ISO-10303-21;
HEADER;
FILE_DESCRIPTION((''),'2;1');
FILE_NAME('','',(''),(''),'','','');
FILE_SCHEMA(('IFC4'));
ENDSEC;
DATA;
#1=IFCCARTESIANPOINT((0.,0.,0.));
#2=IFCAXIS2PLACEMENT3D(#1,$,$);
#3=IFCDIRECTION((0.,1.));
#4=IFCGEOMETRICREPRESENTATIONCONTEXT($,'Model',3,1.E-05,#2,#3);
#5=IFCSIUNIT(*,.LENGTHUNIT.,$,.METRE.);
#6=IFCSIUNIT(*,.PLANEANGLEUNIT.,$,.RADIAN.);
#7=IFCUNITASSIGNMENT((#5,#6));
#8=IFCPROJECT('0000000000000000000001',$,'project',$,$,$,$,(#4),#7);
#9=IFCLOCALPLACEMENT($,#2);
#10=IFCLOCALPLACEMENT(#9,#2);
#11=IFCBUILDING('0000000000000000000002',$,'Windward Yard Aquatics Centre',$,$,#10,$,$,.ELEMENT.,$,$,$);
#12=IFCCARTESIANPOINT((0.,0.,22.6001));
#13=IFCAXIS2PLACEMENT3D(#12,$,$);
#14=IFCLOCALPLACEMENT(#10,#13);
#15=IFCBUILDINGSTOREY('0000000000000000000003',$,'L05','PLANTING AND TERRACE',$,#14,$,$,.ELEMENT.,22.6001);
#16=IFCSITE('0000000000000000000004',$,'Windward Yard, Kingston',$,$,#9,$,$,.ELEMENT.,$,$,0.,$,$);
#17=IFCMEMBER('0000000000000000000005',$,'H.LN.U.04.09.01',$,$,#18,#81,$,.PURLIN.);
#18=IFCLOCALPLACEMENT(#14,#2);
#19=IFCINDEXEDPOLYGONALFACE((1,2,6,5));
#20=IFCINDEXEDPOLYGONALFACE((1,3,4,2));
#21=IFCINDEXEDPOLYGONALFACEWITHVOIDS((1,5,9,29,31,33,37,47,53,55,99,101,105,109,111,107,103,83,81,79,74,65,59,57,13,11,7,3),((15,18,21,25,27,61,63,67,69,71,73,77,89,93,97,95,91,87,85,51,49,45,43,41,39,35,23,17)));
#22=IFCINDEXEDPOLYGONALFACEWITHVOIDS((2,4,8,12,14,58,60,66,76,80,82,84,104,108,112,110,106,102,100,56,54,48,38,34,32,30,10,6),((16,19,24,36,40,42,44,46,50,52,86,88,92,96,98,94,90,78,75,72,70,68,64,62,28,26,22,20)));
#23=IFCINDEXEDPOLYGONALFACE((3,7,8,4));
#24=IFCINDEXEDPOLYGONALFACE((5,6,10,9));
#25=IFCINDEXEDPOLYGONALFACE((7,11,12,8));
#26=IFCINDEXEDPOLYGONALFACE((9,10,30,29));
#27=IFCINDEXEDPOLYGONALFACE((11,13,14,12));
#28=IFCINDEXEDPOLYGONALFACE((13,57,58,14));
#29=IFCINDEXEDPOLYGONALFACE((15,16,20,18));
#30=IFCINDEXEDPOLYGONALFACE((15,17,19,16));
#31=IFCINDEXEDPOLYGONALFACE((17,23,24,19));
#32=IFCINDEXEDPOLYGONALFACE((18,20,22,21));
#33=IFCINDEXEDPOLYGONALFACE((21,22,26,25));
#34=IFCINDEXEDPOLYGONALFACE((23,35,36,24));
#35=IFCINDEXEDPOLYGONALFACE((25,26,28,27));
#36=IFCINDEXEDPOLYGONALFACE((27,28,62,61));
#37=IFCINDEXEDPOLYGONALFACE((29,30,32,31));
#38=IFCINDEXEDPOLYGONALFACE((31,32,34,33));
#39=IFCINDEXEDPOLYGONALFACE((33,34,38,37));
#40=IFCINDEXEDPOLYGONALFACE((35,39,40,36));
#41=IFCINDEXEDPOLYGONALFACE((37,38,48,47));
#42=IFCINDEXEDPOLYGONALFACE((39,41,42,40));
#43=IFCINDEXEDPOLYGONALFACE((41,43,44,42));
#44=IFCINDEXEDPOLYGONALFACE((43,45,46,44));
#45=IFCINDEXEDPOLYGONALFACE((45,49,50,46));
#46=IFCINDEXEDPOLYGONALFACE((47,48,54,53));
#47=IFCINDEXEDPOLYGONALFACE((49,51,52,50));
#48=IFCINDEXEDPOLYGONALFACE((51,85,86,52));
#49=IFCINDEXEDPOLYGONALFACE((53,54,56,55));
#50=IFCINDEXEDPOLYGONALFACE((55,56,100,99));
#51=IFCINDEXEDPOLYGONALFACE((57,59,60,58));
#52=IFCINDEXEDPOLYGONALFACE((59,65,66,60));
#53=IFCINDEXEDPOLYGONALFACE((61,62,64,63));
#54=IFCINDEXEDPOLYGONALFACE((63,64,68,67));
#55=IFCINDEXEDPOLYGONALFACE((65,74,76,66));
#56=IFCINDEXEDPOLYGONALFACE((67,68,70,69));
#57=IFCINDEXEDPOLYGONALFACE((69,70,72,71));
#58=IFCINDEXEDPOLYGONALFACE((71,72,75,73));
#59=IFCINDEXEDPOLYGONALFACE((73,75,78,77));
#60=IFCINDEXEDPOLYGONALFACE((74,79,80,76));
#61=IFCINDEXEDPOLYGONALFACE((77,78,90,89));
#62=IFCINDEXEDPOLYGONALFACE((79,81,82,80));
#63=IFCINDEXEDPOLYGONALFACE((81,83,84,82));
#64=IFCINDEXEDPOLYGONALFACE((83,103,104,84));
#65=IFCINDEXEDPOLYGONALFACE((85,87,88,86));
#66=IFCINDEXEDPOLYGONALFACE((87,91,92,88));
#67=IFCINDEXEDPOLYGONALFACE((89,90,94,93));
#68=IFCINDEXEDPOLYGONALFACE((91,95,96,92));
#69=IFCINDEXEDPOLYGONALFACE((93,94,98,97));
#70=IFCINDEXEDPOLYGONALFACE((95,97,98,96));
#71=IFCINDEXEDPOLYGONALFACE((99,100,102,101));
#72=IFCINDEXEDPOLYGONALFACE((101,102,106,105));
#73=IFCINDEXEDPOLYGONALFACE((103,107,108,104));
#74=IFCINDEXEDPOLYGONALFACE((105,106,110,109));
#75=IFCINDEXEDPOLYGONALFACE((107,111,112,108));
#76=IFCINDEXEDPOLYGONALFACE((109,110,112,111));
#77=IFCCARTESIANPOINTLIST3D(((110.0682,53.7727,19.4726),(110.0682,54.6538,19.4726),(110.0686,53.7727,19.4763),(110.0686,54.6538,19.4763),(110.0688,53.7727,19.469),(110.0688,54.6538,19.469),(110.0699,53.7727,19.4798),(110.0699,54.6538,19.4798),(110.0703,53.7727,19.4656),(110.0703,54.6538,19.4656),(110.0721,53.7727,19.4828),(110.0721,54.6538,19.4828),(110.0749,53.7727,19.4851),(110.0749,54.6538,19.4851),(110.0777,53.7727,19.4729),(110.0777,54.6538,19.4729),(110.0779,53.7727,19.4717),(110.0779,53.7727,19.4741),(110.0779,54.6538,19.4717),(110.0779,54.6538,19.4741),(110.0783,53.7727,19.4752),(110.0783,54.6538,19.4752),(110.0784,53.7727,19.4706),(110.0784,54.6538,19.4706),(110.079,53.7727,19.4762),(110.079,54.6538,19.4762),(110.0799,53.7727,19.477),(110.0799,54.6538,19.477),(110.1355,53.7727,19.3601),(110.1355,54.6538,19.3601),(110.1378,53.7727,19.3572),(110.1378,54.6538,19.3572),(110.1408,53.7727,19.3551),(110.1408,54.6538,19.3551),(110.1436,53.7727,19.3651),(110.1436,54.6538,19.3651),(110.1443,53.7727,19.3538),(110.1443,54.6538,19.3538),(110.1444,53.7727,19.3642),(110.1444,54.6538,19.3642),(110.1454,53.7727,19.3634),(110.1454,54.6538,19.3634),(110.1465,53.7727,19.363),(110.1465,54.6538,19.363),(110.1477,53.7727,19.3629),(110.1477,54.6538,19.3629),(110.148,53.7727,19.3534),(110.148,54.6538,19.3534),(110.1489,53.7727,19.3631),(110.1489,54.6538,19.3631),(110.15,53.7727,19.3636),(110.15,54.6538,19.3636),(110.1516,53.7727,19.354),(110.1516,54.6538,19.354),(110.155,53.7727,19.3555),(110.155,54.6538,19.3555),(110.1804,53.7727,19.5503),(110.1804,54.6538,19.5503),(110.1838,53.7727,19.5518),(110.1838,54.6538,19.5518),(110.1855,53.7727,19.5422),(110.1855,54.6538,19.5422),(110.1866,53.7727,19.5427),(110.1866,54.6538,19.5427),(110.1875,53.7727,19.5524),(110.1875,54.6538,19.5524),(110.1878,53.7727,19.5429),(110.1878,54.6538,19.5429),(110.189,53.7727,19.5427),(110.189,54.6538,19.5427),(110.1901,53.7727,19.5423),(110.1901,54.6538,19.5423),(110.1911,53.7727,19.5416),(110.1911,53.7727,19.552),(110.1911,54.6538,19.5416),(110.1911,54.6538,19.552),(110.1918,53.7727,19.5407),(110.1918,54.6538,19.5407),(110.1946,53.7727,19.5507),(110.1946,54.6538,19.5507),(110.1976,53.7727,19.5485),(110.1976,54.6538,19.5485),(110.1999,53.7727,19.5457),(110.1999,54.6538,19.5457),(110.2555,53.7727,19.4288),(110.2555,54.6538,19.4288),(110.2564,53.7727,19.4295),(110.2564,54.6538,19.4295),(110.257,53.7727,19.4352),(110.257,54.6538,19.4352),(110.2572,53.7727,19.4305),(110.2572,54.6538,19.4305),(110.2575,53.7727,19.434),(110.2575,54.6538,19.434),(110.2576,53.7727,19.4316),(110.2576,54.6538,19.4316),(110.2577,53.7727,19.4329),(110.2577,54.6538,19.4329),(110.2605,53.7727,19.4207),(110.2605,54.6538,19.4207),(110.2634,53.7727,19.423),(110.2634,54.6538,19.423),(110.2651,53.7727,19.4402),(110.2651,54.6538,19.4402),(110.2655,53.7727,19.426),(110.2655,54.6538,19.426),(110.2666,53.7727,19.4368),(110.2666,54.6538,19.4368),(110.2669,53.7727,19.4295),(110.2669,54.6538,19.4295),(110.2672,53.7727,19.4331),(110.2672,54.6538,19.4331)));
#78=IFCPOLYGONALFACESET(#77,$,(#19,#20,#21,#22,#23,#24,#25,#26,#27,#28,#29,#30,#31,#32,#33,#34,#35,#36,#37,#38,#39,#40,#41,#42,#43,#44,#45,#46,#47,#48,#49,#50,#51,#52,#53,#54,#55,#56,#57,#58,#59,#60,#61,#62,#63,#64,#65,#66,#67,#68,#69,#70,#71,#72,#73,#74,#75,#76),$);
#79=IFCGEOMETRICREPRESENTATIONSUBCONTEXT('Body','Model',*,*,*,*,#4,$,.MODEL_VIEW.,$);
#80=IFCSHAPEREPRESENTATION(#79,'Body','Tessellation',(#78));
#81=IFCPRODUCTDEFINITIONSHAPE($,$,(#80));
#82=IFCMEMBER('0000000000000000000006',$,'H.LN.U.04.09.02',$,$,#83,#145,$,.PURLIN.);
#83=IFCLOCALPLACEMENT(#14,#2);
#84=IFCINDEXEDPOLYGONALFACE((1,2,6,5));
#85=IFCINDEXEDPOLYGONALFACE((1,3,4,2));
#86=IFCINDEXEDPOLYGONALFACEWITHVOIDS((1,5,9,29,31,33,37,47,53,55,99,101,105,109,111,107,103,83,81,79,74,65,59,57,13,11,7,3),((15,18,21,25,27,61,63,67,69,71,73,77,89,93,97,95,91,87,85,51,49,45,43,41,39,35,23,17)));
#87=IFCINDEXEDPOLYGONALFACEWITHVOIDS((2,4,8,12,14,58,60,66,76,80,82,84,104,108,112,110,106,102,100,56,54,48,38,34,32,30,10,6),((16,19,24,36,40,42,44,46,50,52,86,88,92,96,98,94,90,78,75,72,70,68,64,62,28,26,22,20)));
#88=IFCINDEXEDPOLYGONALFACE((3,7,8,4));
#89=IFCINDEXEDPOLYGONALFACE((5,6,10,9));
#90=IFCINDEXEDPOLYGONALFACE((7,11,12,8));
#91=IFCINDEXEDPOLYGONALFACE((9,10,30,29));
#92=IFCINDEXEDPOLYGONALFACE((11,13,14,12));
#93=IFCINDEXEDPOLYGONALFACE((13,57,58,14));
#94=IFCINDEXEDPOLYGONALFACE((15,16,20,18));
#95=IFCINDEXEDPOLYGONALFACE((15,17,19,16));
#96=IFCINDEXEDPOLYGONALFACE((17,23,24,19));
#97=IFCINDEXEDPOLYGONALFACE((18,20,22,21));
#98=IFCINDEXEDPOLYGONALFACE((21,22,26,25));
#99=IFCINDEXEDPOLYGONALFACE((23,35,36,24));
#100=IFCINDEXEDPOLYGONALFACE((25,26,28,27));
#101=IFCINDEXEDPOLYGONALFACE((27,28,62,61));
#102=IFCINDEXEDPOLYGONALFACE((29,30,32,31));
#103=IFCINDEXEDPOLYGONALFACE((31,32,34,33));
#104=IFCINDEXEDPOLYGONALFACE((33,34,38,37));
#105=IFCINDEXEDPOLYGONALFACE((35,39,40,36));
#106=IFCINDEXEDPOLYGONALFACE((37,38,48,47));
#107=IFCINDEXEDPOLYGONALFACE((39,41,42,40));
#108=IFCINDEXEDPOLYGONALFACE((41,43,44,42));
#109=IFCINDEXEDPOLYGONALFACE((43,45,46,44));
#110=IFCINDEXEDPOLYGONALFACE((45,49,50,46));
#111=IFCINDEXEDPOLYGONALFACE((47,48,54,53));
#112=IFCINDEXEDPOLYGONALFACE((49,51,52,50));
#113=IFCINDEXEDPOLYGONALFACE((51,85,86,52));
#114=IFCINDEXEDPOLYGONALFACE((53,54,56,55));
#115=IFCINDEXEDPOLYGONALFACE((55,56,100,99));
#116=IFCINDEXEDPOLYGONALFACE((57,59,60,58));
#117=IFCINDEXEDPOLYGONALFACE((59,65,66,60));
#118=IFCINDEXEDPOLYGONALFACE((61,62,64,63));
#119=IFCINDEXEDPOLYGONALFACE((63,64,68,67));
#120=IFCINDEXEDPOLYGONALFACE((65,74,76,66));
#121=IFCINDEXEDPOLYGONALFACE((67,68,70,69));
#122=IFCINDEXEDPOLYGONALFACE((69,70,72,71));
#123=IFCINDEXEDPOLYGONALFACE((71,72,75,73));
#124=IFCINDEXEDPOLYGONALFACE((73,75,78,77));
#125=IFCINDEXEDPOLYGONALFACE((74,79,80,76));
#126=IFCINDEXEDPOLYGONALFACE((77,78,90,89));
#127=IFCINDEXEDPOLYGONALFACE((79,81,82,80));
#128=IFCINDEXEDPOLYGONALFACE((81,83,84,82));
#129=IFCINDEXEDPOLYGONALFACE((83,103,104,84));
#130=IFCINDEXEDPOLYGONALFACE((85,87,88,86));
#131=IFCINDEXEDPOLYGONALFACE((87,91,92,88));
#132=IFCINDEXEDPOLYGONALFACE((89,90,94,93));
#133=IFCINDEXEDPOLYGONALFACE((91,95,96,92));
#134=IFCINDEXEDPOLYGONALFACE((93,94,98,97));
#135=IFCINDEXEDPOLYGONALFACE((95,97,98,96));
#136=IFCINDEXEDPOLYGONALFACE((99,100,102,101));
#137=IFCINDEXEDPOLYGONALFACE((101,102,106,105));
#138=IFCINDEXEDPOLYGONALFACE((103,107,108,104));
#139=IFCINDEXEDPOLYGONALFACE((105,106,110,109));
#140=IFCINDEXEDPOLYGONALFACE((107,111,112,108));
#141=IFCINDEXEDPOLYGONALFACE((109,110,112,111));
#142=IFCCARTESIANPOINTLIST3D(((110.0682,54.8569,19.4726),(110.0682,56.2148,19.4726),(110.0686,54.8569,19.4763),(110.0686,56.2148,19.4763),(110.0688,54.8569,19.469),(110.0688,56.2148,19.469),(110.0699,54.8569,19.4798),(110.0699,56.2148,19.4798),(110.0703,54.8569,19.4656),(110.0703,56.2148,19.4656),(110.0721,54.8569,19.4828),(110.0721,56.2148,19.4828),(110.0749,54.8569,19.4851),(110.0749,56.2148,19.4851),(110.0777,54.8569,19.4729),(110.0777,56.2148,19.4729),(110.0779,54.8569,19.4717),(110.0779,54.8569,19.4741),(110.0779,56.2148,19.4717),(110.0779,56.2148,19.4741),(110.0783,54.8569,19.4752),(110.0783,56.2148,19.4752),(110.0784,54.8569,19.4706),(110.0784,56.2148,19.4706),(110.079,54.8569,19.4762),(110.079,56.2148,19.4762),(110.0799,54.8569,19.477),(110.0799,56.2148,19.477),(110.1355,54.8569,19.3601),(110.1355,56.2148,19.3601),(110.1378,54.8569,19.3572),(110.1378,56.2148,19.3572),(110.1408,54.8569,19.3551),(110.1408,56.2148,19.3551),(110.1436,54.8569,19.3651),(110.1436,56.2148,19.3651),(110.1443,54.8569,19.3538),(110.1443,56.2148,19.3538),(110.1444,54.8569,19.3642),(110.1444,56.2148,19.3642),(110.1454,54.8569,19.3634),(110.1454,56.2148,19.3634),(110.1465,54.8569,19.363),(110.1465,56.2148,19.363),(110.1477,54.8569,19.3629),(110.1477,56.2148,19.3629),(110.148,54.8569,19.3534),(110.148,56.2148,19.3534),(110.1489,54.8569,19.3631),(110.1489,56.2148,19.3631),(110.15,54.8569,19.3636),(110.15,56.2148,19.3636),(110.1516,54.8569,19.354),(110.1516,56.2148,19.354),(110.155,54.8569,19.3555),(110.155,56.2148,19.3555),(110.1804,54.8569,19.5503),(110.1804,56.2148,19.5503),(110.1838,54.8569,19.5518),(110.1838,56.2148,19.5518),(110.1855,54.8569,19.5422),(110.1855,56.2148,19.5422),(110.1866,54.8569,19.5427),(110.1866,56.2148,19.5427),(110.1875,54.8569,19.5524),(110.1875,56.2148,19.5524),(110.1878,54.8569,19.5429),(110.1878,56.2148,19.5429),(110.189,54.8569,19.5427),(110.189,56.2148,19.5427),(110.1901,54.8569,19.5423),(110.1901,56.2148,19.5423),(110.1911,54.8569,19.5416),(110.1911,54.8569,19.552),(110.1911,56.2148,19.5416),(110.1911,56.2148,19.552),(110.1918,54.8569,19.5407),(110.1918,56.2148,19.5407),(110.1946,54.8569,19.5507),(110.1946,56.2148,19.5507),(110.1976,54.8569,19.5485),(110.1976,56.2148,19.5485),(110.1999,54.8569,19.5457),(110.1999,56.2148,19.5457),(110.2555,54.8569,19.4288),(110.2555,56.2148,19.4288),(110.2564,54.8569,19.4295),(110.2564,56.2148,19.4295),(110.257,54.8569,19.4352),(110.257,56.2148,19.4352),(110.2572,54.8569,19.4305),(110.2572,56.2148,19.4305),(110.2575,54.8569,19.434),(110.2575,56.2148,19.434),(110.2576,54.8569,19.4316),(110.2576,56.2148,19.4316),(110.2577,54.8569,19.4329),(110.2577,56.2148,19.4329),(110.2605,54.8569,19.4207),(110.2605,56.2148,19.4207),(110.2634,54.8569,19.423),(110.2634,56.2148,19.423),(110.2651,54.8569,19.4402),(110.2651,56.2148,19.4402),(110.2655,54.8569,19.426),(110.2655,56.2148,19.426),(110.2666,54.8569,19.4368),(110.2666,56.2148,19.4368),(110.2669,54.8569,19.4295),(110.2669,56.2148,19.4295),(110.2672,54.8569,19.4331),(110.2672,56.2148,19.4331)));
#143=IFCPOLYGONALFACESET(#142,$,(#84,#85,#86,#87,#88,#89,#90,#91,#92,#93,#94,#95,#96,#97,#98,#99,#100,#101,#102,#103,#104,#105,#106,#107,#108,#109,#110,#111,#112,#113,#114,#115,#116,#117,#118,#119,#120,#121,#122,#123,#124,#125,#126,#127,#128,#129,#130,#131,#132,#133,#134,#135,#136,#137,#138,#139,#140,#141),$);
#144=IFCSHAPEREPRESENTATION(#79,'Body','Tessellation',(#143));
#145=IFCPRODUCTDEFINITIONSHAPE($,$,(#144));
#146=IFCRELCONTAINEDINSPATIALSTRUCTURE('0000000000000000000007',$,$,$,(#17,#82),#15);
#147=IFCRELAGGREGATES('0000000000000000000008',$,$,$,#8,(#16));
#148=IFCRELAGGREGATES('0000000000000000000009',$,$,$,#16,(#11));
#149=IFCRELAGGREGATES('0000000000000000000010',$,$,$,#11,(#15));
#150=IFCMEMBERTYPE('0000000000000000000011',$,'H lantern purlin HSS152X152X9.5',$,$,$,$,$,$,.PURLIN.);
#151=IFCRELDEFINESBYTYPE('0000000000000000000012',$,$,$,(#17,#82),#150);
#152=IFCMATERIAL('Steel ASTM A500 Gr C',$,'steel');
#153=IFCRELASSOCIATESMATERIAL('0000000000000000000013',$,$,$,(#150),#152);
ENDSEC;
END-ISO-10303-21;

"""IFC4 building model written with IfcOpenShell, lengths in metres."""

from ifc_helpers import new_model, si_unit, direction, frame, origin, origin_2d, place, context, subcontext, project, spatial, hollow_rectangle, extrude, material, material_profile, profile_set, type_object, element, save


model = new_model("IFC4")

# Units and contexts
model_context = context("Model", 3, precision=1e-05, world=origin(), true_north=direction((0.0, 1.0)))
body_context = subcontext(model_context, "Body", "Model", "MODEL_VIEW")
ifc_project = project(units=[si_unit("LENGTHUNIT", "METRE"), si_unit("PLANEANGLEUNIT", "RADIAN")], contexts=[model_context])

# Site, building, storey
site_placement = place(None, origin())
site = spatial("IfcSite", under=ifc_project, at=site_placement, Name="Windward Yard, Kingston", CompositionType="ELEMENT", RefElevation=0.0)
building_placement = place(site_placement, origin())
building = spatial("IfcBuilding", under=site, at=building_placement, Name="Windward Yard Aquatics Centre", CompositionType="ELEMENT")
storey_placement = place(building_placement, frame((0.0, 0.0, 22.6001)))
storey = spatial("IfcBuildingStorey", under=building, at=storey_placement, Name="L05", Description="PLANTING AND TERRACE", CompositionType="ELEMENT", Elevation=22.6001)

# Members
ifc_material_1 = material(Name="Steel ASTM A500 Gr C", Category="steel")
ifc_material_profile = material_profile(ifc_material_1, hollow_rectangle(XDim=0.1523, YDim=0.1523, WallThickness=0.0095, InnerFilletRadius=0.0046, OuterFilletRadius=0.0142, at=origin_2d()), Name="HSS152X152X9.5")
ifc_profile_set = profile_set([ifc_material_profile], Name="Steel ASTM A500 Gr C")
member_type = type_object("IfcMemberType", Name="H lantern purlin HSS152X152X9.5", PredefinedType="PURLIN", material=ifc_profile_set)
member_1_placement = place(storey_placement, frame((110.1677, 53.7727, 19.4529), z_axis=(0.0, 1.0, 0.0), x_axis=(-0.850755, 0.0, -0.525562)))
element("IfcMember", 1, at=member_1_placement, inside=storey, type_object=member_type, Name="H.LN.U.04.09.01", PredefinedType="PURLIN", context=body_context, shape_type="SweptSolid", body=[
    extrude(hollow_rectangle(XDim=0.1523, YDim=0.1523, WallThickness=0.0095, InnerFilletRadius=0.0046, OuterFilletRadius=0.0142, at=origin_2d()), origin(), (0.0, 0.0, 1.0), 0.8811),
])
member_2_placement = place(storey_placement, frame((110.1677, 54.8569, 19.4529), z_axis=(0.0, 1.0, 0.0), x_axis=(-0.850755, 0.0, -0.525562)))
element("IfcMember", 2, at=member_2_placement, inside=storey, type_object=member_type, Name="H.LN.U.04.09.02", PredefinedType="PURLIN", context=body_context, shape_type="SweptSolid", body=[
    extrude(hollow_rectangle(XDim=0.1523, YDim=0.1523, WallThickness=0.0095, InnerFilletRadius=0.0046, OuterFilletRadius=0.0142, at=origin_2d()), origin(), (0.0, 0.0, 1.0), 1.3579),
])

save(model, "model.ifc")
